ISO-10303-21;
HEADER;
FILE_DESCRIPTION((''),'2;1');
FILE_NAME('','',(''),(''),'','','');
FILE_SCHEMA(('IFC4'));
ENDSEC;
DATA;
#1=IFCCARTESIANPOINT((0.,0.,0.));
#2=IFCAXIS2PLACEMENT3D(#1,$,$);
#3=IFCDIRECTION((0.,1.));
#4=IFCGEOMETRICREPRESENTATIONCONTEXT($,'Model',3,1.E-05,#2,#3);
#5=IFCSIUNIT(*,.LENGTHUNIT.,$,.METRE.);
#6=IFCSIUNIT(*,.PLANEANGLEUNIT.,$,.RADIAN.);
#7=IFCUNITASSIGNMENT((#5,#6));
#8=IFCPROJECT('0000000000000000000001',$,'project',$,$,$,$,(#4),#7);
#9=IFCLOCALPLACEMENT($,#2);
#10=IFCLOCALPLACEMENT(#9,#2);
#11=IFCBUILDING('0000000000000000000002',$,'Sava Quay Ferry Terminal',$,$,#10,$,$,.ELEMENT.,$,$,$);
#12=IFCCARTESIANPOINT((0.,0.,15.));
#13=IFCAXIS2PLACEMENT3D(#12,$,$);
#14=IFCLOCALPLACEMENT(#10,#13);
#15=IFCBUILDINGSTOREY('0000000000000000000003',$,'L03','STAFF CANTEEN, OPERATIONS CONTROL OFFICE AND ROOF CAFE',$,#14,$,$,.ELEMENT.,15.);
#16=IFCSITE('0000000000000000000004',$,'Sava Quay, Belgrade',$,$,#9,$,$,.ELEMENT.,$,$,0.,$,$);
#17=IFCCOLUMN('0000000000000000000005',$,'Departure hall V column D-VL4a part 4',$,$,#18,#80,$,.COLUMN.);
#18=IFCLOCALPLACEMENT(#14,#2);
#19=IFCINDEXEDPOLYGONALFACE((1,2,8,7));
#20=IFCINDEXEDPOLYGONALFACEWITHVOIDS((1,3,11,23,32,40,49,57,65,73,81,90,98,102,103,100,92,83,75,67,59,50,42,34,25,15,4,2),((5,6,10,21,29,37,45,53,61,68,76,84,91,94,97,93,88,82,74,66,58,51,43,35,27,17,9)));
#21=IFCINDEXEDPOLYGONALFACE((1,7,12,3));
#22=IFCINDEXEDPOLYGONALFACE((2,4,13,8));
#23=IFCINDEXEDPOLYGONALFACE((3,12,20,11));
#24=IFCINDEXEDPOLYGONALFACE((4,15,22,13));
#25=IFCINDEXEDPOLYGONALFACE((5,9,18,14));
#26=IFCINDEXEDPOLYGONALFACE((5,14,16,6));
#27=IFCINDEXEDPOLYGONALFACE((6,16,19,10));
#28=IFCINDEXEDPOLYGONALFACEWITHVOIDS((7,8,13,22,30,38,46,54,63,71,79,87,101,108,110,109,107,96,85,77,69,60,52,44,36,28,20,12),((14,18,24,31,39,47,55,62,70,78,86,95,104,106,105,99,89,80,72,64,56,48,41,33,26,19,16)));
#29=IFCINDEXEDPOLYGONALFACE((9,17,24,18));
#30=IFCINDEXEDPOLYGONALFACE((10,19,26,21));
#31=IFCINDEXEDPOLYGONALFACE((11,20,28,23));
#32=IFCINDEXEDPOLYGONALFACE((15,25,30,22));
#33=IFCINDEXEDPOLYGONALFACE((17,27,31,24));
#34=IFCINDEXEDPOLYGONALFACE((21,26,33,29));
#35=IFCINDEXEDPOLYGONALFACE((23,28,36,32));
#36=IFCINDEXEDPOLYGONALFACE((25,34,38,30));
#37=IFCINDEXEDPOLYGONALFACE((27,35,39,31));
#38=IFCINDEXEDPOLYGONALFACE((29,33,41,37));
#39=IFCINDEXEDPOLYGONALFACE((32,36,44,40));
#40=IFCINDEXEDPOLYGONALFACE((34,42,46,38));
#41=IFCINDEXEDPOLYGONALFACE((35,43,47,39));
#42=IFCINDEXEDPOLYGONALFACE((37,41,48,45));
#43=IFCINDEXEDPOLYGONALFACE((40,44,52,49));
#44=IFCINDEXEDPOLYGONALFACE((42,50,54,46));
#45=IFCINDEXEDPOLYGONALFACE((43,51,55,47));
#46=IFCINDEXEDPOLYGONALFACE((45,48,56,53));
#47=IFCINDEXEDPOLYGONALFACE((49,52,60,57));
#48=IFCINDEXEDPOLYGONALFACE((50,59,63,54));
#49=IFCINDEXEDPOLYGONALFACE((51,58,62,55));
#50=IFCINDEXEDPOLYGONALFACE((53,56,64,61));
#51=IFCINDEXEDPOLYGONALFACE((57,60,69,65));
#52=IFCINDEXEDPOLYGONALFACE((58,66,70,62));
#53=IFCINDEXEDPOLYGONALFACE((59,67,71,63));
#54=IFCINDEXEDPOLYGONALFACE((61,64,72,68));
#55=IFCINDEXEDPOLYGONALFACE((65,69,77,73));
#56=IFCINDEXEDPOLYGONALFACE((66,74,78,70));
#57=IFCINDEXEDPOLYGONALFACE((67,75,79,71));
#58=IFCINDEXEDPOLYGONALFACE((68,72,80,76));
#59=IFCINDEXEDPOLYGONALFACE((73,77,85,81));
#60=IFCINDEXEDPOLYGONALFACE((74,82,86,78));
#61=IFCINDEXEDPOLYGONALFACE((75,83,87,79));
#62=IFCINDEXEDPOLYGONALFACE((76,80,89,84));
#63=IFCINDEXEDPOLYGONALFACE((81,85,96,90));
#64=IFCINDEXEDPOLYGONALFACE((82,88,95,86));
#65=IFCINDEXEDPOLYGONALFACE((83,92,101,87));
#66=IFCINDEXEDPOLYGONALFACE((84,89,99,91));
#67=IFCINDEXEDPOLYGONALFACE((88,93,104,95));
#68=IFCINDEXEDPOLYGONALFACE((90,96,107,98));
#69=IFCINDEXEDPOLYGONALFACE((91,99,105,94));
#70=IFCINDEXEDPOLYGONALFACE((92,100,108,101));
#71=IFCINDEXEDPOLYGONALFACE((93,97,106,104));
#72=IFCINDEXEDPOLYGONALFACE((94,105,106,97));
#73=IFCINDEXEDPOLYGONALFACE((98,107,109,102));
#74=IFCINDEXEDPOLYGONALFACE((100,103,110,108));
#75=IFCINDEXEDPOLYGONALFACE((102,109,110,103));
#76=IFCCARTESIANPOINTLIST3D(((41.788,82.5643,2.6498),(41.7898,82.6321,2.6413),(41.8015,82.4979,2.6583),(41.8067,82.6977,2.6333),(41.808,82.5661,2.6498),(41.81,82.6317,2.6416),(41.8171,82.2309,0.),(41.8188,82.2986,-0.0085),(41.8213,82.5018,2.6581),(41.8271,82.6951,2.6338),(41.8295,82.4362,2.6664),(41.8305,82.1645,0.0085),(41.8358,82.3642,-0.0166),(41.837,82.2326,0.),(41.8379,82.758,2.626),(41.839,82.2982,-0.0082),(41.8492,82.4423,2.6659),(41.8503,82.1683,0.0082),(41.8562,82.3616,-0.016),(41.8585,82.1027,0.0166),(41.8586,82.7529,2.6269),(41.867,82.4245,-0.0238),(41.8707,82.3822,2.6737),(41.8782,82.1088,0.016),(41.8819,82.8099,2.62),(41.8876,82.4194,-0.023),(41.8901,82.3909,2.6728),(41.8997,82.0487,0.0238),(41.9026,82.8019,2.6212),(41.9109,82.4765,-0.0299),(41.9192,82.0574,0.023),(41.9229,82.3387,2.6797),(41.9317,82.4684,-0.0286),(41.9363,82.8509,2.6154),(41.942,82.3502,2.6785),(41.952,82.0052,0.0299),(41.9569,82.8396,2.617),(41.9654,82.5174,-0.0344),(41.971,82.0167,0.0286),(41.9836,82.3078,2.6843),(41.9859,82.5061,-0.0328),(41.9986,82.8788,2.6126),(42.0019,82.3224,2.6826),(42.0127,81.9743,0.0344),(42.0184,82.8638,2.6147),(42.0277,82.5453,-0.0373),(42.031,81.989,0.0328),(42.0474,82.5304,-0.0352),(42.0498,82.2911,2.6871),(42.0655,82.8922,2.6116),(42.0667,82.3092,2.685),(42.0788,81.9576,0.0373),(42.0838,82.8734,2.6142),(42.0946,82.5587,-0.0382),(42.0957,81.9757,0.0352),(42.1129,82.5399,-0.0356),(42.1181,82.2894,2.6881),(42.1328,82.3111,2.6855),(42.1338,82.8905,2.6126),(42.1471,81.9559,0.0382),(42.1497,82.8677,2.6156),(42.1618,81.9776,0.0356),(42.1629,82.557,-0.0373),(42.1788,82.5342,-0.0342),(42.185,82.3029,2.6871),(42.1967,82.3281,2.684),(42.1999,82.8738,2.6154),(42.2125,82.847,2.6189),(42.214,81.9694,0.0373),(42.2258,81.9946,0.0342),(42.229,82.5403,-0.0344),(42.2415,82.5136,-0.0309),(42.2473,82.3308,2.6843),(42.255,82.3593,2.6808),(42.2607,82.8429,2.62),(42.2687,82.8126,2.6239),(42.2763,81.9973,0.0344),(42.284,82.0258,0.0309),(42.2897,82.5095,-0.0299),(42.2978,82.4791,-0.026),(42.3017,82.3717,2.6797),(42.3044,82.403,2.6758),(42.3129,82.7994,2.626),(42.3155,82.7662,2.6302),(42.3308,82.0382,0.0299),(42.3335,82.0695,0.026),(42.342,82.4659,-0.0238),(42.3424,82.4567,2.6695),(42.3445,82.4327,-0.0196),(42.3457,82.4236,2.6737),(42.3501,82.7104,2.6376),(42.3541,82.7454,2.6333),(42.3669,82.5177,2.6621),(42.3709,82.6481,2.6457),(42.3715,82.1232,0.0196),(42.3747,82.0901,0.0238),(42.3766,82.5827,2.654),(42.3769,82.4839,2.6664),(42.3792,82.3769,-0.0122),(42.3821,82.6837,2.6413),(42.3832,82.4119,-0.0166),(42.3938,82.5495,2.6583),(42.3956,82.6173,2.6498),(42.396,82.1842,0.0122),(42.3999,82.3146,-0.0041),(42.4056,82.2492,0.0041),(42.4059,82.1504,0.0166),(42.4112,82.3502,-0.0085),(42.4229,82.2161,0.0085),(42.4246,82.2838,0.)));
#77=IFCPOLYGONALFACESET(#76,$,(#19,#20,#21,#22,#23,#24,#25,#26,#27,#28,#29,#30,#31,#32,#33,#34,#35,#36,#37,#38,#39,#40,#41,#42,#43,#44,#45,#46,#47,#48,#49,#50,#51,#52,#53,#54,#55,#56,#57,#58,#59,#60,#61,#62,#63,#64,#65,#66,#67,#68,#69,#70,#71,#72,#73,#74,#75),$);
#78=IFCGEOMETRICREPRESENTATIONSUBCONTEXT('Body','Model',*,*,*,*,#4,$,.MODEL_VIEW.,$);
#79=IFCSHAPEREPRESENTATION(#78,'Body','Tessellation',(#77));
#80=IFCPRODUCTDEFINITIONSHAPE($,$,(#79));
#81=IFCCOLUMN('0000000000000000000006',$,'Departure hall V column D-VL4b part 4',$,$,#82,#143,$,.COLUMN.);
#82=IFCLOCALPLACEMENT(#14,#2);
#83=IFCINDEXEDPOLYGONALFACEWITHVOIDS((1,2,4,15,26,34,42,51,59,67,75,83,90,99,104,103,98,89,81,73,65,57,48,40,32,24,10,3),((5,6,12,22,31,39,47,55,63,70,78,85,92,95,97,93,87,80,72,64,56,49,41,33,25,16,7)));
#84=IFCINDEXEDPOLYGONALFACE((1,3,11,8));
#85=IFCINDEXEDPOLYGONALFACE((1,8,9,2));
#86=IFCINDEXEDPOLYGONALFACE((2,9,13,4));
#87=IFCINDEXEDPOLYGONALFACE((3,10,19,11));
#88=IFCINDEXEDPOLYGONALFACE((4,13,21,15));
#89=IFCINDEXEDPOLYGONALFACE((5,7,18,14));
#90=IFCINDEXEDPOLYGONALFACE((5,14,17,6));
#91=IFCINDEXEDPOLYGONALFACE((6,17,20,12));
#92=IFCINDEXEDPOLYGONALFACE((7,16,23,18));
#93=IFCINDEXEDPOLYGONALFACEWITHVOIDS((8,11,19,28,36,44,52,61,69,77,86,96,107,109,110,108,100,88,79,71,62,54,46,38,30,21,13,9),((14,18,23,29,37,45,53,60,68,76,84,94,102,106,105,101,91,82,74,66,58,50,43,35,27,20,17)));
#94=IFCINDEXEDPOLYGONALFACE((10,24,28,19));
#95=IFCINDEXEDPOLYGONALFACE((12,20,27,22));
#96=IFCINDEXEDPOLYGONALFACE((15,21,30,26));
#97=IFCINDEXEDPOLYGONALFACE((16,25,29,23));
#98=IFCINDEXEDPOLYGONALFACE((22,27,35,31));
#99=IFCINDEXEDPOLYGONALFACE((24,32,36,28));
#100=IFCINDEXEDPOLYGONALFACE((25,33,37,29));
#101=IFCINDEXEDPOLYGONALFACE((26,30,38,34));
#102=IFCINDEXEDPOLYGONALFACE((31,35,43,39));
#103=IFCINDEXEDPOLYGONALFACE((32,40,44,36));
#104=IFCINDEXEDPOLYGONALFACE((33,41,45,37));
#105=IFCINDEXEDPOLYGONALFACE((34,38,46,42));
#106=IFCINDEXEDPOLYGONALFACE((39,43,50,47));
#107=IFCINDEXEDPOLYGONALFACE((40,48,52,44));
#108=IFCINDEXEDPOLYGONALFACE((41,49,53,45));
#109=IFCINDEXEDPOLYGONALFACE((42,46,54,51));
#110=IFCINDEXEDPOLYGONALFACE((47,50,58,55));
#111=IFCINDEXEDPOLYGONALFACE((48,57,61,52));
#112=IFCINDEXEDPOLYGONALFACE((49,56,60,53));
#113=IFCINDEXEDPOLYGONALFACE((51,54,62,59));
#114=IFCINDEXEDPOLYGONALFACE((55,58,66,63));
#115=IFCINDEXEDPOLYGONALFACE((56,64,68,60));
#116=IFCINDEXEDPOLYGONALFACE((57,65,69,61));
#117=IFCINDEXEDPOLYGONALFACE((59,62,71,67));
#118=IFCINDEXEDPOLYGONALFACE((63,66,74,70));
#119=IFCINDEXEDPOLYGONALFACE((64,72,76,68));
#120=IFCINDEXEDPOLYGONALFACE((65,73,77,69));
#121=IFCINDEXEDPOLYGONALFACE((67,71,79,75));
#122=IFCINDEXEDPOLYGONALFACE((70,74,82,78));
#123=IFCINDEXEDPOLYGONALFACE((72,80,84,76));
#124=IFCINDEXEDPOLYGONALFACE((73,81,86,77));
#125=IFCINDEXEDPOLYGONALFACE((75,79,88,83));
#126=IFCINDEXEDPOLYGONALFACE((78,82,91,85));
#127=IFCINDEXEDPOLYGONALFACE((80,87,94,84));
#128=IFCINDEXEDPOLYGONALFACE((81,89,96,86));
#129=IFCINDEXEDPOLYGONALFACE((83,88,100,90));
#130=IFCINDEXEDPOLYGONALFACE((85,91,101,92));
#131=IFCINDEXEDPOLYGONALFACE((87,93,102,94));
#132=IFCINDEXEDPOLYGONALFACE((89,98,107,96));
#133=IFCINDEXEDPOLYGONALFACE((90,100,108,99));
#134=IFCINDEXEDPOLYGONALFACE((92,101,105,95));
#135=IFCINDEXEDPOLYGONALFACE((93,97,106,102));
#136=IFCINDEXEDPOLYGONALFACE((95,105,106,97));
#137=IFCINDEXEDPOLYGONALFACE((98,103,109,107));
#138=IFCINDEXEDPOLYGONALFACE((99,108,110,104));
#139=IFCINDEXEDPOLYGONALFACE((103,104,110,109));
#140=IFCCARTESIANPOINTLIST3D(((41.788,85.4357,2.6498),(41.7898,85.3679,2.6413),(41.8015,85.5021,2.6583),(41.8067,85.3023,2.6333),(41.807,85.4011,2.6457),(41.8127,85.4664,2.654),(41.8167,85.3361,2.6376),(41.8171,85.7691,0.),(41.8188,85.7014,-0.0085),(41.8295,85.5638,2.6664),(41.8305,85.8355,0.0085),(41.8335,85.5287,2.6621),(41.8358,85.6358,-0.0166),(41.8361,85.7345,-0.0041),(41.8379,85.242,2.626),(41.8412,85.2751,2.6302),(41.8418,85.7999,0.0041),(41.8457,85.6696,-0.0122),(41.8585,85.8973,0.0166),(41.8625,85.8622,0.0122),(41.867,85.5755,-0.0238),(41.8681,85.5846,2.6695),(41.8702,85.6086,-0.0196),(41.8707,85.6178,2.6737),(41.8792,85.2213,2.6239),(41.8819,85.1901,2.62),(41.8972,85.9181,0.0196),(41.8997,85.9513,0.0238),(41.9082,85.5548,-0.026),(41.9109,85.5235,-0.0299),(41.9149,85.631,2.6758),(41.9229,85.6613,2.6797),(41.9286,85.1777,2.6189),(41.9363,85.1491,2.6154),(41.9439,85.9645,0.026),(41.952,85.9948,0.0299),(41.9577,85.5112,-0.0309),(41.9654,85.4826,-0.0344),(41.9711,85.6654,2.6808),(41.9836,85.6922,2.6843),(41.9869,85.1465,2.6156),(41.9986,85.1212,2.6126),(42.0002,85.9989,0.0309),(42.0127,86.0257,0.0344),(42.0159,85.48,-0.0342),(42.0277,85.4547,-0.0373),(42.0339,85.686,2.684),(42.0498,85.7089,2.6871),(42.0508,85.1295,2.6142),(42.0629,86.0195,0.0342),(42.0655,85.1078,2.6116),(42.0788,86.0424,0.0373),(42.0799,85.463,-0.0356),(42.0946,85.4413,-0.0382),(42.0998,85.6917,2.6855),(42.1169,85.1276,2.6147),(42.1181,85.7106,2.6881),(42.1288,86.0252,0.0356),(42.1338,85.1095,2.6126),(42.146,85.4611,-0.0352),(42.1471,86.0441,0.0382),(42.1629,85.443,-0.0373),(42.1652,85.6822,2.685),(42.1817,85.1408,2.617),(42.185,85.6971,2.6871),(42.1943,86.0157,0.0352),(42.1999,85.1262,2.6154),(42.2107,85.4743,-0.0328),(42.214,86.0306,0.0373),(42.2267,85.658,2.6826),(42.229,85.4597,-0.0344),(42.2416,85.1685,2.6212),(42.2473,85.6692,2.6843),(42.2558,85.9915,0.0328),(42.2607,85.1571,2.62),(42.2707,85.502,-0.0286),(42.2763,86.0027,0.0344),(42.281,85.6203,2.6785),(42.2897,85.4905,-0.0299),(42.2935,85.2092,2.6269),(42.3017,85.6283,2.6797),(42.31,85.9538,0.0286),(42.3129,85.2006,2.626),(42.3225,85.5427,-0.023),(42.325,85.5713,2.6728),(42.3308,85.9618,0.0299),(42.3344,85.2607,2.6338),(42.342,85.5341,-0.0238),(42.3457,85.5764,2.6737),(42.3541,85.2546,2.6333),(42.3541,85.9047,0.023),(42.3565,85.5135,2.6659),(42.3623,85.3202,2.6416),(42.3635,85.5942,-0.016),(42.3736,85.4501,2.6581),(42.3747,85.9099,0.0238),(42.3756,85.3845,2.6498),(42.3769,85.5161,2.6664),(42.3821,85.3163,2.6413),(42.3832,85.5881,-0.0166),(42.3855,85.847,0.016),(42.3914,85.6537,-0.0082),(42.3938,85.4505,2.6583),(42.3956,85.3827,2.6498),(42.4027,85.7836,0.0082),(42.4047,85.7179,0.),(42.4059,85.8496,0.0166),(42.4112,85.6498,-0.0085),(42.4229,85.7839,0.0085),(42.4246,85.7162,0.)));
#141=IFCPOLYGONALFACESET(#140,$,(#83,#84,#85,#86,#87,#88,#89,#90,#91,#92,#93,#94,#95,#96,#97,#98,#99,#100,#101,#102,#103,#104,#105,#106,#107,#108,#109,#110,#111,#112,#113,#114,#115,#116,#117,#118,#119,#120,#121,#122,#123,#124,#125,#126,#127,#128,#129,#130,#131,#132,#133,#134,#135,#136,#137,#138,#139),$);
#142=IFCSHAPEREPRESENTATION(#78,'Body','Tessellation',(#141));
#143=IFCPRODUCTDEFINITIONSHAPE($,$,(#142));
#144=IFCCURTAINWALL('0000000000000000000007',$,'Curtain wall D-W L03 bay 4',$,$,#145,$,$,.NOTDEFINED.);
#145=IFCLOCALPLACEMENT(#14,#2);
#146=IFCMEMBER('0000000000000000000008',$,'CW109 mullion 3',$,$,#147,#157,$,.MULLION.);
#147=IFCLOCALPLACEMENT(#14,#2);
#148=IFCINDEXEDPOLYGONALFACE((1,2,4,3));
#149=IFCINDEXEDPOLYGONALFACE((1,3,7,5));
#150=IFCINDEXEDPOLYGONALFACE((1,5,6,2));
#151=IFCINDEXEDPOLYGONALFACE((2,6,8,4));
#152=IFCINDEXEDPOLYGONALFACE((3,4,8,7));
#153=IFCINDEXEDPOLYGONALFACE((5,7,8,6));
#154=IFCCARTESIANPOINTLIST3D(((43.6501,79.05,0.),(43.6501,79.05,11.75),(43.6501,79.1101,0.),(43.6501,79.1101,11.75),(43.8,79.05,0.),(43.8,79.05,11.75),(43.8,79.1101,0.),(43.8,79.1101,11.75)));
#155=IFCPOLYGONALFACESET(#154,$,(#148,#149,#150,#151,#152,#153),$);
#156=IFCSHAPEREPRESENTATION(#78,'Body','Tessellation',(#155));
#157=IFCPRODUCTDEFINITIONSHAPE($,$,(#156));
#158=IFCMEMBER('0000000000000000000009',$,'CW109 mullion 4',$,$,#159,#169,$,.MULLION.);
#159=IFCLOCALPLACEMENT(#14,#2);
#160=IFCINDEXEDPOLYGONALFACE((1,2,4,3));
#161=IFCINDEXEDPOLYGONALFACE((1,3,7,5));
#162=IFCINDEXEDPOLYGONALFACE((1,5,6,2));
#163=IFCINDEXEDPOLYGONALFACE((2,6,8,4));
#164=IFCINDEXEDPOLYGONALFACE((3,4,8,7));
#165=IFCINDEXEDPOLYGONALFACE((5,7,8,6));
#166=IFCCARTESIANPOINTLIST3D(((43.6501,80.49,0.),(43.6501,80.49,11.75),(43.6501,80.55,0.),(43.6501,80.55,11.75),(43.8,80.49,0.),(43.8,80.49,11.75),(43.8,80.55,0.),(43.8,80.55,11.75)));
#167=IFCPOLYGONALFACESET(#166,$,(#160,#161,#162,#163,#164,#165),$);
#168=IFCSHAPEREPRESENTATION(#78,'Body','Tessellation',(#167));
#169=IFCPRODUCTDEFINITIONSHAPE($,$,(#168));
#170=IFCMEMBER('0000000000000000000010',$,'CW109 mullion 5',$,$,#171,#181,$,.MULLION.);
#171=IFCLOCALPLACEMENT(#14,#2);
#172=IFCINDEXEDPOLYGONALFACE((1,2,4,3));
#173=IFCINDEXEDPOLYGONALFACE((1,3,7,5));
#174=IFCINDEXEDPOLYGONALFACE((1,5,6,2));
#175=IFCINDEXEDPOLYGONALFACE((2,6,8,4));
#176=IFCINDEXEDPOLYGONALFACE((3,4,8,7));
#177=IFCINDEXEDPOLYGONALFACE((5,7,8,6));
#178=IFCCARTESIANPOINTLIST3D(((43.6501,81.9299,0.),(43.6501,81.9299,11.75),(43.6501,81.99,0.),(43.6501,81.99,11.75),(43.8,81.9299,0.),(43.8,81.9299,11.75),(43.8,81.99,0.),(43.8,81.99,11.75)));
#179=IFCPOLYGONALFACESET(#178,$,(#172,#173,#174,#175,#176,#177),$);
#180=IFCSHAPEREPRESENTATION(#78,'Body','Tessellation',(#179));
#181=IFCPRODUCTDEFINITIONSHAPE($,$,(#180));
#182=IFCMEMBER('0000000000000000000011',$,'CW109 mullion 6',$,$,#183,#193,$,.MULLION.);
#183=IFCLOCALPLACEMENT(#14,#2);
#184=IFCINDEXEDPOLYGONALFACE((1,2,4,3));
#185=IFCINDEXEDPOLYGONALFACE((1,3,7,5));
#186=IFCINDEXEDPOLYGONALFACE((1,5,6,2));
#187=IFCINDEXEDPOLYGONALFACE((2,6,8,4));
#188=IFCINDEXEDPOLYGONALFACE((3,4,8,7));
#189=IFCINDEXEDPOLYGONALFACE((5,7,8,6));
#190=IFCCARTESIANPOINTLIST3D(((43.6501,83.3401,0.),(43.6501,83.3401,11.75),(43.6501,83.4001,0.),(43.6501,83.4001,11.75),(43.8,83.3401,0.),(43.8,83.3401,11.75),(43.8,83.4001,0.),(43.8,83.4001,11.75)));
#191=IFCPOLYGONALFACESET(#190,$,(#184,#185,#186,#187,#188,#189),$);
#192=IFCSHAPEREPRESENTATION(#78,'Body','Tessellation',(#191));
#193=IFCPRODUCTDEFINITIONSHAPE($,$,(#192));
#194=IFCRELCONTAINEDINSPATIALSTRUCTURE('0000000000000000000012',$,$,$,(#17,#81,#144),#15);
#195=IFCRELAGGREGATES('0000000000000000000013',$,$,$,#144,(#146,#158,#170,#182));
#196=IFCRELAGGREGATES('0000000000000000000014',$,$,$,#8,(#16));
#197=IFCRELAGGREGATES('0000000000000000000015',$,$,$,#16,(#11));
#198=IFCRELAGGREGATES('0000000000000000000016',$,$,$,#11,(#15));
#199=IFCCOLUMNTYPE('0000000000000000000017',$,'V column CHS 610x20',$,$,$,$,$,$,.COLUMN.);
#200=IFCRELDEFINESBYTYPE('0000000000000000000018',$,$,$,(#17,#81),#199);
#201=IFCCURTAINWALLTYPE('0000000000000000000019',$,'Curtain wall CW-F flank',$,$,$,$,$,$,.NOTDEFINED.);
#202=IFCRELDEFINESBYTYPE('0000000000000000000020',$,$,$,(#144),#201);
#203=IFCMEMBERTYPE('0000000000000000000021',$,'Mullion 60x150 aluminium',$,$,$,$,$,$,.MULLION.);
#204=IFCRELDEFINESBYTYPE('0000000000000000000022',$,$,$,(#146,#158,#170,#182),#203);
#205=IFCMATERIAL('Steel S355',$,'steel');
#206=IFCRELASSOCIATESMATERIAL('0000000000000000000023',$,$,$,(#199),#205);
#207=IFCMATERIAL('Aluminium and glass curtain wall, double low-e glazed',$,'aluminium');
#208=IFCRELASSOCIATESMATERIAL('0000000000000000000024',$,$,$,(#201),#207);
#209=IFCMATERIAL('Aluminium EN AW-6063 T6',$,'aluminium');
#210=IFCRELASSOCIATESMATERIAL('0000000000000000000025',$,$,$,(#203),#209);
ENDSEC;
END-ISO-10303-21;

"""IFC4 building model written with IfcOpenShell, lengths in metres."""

from ifc_helpers import new_model, si_unit, direction, frame, origin, origin_2d, place, context, subcontext, project, spatial, rectangle, hollow_circle, extrude, material, material_profile, profile_set, type_object, element, aggregate, save


model = new_model("IFC4")

# Units and contexts
model_context = context("Model", 3, precision=1e-05, world=origin(), true_north=direction((0.0, 1.0)))
body_context = subcontext(model_context, "Body", "Model", "MODEL_VIEW")
ifc_project = project(units=[si_unit("LENGTHUNIT", "METRE"), si_unit("PLANEANGLEUNIT", "RADIAN")], contexts=[model_context])

# Site, building, storey
site_placement = place(None, origin())
site = spatial("IfcSite", under=ifc_project, at=site_placement, Name="Sava Quay, Belgrade", CompositionType="ELEMENT", RefElevation=0.0)
building_placement = place(site_placement, origin())
building = spatial("IfcBuilding", under=site, at=building_placement, Name="Sava Quay Ferry Terminal", CompositionType="ELEMENT")
storey_placement = place(building_placement, frame((0.0, 0.0, 15.0)))
storey = spatial("IfcBuildingStorey", under=building, at=storey_placement, Name="L03", Description="STAFF CANTEEN, OPERATIONS CONTROL OFFICE AND ROOF CAFE", CompositionType="ELEMENT", Elevation=15.0)

# Columns
ifc_material_1 = material(Name="Steel S355", Category="steel")
ifc_material_profile_1 = material_profile(ifc_material_1, hollow_circle(Radius=0.3049, WallThickness=0.02, at=origin_2d()), Name="CHS 610 x 20.0")
ifc_profile_set_1 = profile_set([ifc_material_profile_1], Name="Steel S355")
column_type = type_object("IfcColumnType", Name="V column CHS 610x20", PredefinedType="COLUMN", material=ifc_profile_set_1)
for number, where, z_axis, x_axis, name in (
    (1, (42.1208, 82.2573, 0.0), (-0.010877, 0.12486, 0.992115), (-0.996227, -0.086787, 0.0), "Departure hall V column D-VL4a part 4"),
    (2, (42.1208, 85.7427, 0.0), (-0.010877, -0.12486, 0.992115), (0.996227, -0.086787, 0.0), "Departure hall V column D-VL4b part 4"),
):
    element("IfcColumn", number, at=place(storey_placement, frame(where, z_axis=z_axis, x_axis=x_axis)), inside=storey, type_object=column_type, Name=name, PredefinedType="COLUMN", context=body_context, shape_type="SweptSolid", body=[
        extrude(hollow_circle(Radius=0.3049, WallThickness=0.02, at=origin_2d()), origin(), (0.0, 0.0, 1.0), 2.6709),
    ])

# Curtain wall, members
ifc_material_2 = material(Name="Aluminium and glass curtain wall, double low-e glazed", Category="aluminium")
curtain_wall_type = type_object("IfcCurtainWallType", Name="Curtain wall CW-F flank", PredefinedType="NOTDEFINED", material=ifc_material_2)
curtain_wall_placement = place(storey_placement, origin())
curtain_wall = element("IfcCurtainWall", 3, at=curtain_wall_placement, inside=storey, type_object=curtain_wall_type, Name="Curtain wall D-W L03 bay 4", PredefinedType="NOTDEFINED")
ifc_material_3 = material(Name="Aluminium EN AW-6063 T6", Category="aluminium")
ifc_material_profile_2 = material_profile(ifc_material_3, rectangle(XDim=0.1499, YDim=0.0601, at=origin_2d()), Name="Mullion 60x150 aluminium")
ifc_profile_set_2 = profile_set([ifc_material_profile_2], Name="Aluminium EN AW-6063 T6")
member_type_1 = type_object("IfcMemberType", Name="Mullion 60x150 aluminium", PredefinedType="MULLION", material=ifc_profile_set_2)
member_1_placement = place(storey_placement, frame((43.7251, 79.0801, 0.0), z_axis=(0.0, 0.0, 1.0), x_axis=(-1.0, 0.0, 0.0)))
member_1 = element("IfcMember", 4, at=member_1_placement, type_object=member_type_1, Name="CW109 mullion 3", PredefinedType="MULLION", context=body_context, shape_type="SweptSolid", body=[
    extrude(rectangle(XDim=0.1499, YDim=0.0601, at=origin_2d()), origin(), (0.0, 0.0, 1.0), 11.75),
])
member_2_placement = place(storey_placement, frame((43.7251, 80.52, 0.0), z_axis=(0.0, 0.0, 1.0), x_axis=(-1.0, 0.0, 0.0)))
member_2 = element("IfcMember", 5, at=member_2_placement, type_object=member_type_1, Name="CW109 mullion 4", PredefinedType="MULLION", context=body_context, shape_type="SweptSolid", body=[
    extrude(rectangle(XDim=0.1499, YDim=0.0601, at=origin_2d()), origin(), (0.0, 0.0, 1.0), 11.75),
])
member_3_placement = place(storey_placement, frame((43.7251, 81.96, 0.0), z_axis=(0.0, 0.0, 1.0), x_axis=(-1.0, 0.0, 0.0)))
member_3 = element("IfcMember", 6, at=member_3_placement, type_object=member_type_1, Name="CW109 mullion 5", PredefinedType="MULLION", context=body_context, shape_type="SweptSolid", body=[
    extrude(rectangle(XDim=0.1499, YDim=0.0601, at=origin_2d()), origin(), (0.0, 0.0, 1.0), 11.75),
])
member_4_placement = place(storey_placement, frame((43.7251, 83.3701, 0.0), z_axis=(0.0, 0.0, 1.0), x_axis=(-1.0, 0.0, 0.0)))
member_4 = element("IfcMember", 7, at=member_4_placement, type_object=member_type_1, Name="CW109 mullion 6", PredefinedType="MULLION", context=body_context, shape_type="SweptSolid", body=[
    extrude(rectangle(XDim=0.1499, YDim=0.0601, at=origin_2d()), origin(), (0.0, 0.0, 1.0), 11.75),
])
aggregate(curtain_wall, [member_1, member_2, member_3, member_4])

save(model, "model.ifc")
